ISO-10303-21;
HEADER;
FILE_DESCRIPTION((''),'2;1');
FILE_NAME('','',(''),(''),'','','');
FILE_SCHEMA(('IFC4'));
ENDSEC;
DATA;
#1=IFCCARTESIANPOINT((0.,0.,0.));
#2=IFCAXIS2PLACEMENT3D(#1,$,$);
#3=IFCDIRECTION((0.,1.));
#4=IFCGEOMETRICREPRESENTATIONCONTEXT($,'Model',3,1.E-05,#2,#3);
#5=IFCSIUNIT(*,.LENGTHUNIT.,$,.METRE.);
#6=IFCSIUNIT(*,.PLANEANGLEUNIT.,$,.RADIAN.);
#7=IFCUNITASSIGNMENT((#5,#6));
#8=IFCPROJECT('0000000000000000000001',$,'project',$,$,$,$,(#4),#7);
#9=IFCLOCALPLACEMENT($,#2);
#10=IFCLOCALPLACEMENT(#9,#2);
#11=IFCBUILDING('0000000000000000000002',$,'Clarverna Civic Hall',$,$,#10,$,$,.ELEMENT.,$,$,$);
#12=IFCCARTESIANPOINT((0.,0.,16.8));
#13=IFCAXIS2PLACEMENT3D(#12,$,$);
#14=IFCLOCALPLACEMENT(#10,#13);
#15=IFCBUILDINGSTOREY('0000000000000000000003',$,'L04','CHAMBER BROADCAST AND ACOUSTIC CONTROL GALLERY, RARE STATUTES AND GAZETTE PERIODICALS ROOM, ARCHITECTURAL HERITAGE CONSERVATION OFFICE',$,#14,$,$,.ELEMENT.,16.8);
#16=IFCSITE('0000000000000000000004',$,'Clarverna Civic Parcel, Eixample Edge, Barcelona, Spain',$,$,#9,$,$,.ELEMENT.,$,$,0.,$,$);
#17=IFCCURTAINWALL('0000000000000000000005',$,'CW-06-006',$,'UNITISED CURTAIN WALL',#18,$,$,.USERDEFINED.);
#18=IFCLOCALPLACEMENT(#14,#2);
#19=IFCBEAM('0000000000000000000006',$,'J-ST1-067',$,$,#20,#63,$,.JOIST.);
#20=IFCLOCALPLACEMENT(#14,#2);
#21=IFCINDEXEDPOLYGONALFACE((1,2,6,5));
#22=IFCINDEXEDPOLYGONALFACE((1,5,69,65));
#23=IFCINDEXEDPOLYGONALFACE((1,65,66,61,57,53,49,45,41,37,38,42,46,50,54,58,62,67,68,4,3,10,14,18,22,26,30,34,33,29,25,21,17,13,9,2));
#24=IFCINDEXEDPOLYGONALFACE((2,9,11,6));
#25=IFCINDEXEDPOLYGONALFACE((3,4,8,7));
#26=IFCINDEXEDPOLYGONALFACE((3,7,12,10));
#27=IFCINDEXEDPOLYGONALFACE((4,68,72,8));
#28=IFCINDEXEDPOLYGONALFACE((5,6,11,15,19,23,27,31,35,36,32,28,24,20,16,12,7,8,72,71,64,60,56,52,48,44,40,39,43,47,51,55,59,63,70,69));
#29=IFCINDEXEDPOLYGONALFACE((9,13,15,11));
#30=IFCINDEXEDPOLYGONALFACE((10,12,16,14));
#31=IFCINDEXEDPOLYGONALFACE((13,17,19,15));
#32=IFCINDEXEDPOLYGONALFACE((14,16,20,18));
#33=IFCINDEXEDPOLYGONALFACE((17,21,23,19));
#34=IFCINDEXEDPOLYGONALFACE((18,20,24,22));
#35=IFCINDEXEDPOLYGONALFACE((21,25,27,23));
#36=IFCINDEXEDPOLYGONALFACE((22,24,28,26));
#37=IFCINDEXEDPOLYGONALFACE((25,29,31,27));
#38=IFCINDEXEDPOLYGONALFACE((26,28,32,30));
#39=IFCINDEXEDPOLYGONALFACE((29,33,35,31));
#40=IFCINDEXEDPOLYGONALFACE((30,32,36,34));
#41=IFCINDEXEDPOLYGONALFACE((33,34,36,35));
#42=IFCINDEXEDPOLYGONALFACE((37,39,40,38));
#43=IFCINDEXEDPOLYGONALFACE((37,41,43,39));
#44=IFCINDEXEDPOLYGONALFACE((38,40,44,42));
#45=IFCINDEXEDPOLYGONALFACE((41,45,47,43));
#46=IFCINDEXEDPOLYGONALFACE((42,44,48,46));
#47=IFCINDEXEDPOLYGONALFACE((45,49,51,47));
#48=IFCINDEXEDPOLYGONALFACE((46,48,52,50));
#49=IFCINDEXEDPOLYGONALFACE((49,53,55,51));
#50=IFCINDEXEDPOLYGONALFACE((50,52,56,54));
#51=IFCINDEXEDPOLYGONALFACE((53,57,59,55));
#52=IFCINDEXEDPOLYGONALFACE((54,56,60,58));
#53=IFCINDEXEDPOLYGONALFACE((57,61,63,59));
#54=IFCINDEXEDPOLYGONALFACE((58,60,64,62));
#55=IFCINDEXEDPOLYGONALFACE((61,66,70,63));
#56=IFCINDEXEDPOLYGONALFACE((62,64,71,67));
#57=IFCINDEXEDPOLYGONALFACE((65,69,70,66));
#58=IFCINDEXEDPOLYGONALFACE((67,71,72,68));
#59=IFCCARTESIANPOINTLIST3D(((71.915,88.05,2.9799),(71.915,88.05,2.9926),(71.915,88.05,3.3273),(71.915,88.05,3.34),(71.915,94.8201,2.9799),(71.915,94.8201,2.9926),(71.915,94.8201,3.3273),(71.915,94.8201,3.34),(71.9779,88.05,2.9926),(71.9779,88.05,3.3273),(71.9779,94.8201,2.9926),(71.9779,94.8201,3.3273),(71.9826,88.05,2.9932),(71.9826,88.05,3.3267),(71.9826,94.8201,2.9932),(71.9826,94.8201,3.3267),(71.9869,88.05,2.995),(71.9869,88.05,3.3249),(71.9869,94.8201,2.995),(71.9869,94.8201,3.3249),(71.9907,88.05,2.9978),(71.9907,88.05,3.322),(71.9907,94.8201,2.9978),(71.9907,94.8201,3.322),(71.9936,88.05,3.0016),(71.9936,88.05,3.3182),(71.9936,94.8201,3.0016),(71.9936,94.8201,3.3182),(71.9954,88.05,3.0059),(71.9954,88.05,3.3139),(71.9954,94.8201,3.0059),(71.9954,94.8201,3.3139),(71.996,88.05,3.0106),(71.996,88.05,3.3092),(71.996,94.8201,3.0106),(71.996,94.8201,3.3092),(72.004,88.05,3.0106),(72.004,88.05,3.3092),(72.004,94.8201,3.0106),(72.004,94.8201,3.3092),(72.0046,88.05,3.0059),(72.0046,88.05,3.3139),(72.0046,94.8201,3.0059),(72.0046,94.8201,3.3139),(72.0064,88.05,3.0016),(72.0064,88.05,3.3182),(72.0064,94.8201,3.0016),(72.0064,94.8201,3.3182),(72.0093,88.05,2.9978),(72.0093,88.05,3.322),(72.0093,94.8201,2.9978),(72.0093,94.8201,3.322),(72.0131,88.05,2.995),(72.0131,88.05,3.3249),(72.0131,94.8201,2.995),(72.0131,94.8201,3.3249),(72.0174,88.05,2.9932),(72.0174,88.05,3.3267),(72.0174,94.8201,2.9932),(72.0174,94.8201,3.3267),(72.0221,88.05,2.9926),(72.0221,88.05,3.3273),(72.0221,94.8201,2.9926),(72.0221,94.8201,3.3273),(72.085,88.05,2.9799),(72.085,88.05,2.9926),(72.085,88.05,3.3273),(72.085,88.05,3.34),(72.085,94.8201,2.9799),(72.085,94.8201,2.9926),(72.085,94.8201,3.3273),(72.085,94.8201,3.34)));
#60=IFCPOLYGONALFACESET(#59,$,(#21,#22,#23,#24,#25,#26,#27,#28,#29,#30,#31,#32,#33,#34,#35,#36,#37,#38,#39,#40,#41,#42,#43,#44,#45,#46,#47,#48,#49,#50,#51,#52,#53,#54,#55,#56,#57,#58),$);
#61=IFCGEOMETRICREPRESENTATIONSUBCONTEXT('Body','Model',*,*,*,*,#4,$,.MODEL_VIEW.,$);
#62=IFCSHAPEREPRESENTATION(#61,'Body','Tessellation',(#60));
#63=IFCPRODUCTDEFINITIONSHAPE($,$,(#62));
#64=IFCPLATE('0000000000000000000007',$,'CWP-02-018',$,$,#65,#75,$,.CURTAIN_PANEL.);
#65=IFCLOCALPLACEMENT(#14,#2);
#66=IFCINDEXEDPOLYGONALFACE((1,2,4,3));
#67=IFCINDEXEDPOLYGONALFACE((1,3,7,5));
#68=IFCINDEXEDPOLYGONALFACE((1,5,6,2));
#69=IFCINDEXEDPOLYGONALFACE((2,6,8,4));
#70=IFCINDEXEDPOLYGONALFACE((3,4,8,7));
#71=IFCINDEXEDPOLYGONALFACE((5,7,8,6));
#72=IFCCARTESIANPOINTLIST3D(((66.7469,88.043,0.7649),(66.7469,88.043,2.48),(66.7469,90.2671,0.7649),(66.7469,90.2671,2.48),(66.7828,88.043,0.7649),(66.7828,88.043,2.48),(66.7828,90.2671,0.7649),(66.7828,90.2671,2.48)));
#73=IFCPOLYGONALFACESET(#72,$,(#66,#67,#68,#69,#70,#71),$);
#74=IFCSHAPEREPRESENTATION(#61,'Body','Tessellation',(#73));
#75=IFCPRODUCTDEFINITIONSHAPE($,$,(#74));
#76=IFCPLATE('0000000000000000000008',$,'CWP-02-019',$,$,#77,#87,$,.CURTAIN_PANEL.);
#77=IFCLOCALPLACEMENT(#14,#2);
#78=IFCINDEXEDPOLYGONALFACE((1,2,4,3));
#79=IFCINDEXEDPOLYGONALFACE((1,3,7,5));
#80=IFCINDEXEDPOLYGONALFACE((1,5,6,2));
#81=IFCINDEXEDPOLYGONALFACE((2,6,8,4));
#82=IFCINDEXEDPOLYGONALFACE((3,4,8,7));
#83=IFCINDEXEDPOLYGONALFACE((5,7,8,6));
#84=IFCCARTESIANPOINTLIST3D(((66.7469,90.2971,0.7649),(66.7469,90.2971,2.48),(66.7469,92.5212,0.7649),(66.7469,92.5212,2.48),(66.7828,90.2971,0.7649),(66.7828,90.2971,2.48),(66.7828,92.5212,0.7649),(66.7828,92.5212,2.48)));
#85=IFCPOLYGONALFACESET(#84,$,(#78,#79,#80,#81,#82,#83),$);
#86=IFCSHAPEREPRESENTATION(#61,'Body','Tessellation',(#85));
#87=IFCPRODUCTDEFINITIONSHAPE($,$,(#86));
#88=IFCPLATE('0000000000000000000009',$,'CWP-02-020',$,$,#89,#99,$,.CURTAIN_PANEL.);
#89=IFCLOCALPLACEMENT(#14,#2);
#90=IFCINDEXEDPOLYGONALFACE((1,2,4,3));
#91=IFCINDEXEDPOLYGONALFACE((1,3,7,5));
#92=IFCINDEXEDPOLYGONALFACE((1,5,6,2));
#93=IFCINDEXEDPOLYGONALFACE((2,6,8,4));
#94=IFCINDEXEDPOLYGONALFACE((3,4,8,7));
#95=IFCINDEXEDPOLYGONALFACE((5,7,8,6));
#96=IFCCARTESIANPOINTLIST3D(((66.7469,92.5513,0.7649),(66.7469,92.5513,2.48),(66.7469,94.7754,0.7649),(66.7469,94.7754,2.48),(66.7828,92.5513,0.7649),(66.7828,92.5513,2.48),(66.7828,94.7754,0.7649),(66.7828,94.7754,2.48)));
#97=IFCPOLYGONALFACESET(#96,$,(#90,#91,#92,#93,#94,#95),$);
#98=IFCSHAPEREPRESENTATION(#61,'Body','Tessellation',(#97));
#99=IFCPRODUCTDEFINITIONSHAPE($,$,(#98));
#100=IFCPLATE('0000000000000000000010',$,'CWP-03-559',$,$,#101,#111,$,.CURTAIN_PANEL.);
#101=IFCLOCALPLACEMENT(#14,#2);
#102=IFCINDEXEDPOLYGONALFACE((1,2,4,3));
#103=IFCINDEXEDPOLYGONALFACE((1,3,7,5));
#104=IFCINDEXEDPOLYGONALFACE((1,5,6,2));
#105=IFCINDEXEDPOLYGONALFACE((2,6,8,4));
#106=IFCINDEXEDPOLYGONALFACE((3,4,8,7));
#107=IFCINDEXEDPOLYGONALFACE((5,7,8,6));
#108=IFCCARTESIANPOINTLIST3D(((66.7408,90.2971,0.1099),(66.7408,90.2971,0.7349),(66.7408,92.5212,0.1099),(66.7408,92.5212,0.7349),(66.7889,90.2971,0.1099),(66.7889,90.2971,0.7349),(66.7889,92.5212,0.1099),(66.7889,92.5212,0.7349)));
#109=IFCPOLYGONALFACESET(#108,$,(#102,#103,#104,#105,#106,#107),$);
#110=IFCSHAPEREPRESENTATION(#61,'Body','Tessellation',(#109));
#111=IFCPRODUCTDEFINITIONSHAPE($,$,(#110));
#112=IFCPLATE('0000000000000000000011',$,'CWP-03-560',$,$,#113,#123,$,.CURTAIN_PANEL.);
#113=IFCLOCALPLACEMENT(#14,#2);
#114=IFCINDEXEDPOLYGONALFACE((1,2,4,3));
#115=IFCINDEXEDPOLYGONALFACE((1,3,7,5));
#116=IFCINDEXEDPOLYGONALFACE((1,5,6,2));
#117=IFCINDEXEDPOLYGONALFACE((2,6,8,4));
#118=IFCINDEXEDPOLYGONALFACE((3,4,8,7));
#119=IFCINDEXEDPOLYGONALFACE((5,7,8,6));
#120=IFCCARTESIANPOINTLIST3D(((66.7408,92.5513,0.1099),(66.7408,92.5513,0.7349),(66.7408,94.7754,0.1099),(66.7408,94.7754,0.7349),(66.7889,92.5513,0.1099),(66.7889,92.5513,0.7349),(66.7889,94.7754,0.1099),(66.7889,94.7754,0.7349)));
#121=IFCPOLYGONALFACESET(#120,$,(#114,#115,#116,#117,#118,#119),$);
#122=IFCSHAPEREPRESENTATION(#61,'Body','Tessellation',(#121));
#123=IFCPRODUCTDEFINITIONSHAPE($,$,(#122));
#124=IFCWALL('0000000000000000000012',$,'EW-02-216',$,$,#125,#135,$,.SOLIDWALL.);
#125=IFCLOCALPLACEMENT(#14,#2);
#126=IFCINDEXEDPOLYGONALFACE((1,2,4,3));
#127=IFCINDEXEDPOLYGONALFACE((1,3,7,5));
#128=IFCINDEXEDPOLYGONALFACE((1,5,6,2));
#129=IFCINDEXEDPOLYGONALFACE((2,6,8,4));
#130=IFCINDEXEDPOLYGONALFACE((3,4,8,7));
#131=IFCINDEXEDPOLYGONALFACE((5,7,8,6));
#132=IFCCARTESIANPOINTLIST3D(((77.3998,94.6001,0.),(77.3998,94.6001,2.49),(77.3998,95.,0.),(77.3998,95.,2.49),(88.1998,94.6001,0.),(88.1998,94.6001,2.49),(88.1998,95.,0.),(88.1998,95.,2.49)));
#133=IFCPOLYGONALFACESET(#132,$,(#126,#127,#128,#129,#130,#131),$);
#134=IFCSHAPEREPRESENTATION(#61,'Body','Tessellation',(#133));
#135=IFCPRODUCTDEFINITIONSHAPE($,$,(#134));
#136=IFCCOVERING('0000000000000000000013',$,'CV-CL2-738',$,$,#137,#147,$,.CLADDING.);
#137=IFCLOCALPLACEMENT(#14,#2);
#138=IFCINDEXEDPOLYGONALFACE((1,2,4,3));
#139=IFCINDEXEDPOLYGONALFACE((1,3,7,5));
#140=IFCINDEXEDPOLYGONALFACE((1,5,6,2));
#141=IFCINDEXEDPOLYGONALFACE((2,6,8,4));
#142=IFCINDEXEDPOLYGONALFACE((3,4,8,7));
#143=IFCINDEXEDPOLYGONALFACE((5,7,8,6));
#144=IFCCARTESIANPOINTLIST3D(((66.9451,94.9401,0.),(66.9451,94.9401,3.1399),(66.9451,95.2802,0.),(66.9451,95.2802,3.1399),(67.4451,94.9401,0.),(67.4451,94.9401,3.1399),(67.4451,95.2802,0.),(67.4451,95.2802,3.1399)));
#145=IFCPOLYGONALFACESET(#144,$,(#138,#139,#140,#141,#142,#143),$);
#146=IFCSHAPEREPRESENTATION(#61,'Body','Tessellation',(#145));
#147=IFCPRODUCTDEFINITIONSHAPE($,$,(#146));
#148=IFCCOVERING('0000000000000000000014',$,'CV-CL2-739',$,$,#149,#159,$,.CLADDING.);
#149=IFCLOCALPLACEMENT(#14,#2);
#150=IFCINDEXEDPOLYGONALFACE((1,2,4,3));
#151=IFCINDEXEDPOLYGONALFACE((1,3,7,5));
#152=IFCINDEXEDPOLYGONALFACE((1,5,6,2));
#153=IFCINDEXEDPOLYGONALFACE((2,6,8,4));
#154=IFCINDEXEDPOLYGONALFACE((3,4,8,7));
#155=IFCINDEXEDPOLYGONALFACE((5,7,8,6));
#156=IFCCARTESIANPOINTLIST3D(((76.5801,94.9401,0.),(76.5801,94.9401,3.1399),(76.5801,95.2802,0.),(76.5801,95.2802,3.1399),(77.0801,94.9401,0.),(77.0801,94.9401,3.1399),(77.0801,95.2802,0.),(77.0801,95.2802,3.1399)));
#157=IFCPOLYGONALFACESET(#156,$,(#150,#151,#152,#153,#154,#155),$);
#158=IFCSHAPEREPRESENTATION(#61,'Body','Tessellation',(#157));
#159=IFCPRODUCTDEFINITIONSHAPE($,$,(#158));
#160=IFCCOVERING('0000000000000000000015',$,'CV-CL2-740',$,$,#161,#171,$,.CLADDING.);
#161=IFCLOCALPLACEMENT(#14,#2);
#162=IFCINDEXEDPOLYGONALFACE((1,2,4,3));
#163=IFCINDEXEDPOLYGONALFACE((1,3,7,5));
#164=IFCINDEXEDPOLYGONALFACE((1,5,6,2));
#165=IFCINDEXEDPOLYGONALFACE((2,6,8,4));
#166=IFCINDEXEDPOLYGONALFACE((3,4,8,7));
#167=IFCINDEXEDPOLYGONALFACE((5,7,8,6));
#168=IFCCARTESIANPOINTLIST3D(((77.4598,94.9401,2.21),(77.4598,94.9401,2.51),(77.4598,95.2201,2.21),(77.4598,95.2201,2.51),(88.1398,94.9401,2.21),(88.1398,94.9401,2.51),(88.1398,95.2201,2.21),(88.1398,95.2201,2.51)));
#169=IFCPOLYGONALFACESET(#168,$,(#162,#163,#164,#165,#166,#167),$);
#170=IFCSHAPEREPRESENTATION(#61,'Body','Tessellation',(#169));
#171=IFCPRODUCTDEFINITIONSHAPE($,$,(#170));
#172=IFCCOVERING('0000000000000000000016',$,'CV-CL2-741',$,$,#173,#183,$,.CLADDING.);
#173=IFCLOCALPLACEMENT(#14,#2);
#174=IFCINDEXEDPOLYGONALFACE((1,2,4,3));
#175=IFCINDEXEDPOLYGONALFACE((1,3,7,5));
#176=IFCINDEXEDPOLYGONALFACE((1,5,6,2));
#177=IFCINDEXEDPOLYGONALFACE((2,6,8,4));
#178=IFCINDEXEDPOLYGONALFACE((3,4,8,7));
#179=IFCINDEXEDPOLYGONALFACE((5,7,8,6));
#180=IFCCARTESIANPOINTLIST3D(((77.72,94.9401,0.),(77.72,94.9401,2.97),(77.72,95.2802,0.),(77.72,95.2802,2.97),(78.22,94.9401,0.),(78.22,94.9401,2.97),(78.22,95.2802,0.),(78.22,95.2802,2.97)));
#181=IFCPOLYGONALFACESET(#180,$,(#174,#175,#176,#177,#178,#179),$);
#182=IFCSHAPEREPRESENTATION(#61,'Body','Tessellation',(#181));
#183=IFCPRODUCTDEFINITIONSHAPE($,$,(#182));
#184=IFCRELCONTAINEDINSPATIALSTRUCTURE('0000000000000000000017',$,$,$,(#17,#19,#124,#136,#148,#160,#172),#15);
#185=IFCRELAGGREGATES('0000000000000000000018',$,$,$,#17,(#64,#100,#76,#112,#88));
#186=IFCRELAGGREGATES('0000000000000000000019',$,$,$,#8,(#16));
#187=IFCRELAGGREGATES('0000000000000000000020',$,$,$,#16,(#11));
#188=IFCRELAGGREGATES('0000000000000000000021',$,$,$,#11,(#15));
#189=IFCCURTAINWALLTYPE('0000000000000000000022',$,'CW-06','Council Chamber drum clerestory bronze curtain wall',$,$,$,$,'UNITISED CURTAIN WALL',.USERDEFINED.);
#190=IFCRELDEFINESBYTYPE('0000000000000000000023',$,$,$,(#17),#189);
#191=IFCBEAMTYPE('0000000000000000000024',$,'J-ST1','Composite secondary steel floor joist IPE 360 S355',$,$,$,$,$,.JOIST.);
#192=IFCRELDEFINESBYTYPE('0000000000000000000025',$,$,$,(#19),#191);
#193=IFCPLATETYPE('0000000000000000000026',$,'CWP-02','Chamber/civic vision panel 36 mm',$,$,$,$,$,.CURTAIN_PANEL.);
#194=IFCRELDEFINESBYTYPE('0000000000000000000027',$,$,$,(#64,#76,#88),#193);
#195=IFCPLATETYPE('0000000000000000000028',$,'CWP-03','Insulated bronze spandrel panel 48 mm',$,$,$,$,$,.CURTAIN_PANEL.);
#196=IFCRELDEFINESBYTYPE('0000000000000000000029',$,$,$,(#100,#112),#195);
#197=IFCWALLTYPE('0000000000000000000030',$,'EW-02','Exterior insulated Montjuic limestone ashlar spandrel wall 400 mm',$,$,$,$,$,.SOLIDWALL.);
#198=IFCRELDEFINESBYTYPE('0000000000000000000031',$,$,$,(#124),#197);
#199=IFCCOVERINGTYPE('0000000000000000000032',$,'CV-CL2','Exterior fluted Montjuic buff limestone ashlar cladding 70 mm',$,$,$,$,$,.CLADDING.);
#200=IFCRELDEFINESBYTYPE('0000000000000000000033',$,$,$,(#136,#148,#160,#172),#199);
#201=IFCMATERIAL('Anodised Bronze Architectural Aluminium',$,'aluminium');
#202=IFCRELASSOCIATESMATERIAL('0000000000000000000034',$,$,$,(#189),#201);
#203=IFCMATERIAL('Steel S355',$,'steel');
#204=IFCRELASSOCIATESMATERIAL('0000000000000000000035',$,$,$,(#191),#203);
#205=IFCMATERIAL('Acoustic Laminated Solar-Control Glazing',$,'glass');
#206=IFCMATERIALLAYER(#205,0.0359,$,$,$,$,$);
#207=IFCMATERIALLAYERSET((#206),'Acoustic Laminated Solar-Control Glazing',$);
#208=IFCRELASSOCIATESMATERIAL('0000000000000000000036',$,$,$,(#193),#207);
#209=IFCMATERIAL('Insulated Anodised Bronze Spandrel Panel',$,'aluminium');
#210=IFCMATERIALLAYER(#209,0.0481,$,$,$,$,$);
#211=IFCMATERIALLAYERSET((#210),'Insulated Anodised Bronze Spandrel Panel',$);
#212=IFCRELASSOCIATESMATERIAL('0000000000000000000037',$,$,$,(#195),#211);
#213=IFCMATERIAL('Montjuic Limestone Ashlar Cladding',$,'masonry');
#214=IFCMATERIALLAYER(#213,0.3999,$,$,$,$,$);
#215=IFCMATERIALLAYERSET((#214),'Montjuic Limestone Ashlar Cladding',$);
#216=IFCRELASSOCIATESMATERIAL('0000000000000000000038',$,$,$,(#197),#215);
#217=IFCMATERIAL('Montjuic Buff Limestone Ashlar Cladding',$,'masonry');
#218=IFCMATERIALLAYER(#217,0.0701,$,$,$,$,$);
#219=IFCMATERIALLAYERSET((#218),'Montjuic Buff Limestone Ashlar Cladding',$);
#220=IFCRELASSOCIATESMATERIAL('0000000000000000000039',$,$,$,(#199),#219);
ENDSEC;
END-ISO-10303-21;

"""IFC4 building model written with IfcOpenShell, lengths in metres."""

from ifc_helpers import new_model, si_unit, direction, frame, frame_2d, origin, origin_2d, place, context, subcontext, project, spatial, rectangle, i_section, extrude, material, layer, layer_set, material_profile, profile_set, type_object, element, aggregate, save


model = new_model("IFC4")

# Units and contexts
model_context = context("Model", 3, precision=1e-05, world=origin(), true_north=direction((0.0, 1.0)))
body_context = subcontext(model_context, "Body", "Model", "MODEL_VIEW")
ifc_project = project(units=[si_unit("LENGTHUNIT", "METRE"), si_unit("PLANEANGLEUNIT", "RADIAN")], contexts=[model_context])

# Site, building, storey
site_placement = place(None, origin())
site = spatial("IfcSite", under=ifc_project, at=site_placement, Name="Clarverna Civic Parcel, Eixample Edge, Barcelona, Spain", CompositionType="ELEMENT", RefElevation=0.0)
building_placement = place(site_placement, origin())
building = spatial("IfcBuilding", under=site, at=building_placement, Name="Clarverna Civic Hall", CompositionType="ELEMENT")
storey_placement = place(building_placement, frame((0.0, 0.0, 16.8)))
storey = spatial("IfcBuildingStorey", under=building, at=storey_placement, Name="L04", Description="CHAMBER BROADCAST AND ACOUSTIC CONTROL GALLERY, RARE STATUTES AND GAZETTE PERIODICALS ROOM, ARCHITECTURAL HERITAGE CONSERVATION OFFICE", CompositionType="ELEMENT", Elevation=16.8)

# Curtain wall
ifc_material_1 = material(Name="Anodised Bronze Architectural Aluminium", Category="aluminium")
curtain_wall_type = type_object("IfcCurtainWallType", Name="CW-06", Description="Council Chamber drum clerestory bronze curtain wall", ElementType="UNITISED CURTAIN WALL", PredefinedType="USERDEFINED", material=ifc_material_1)
curtain_wall_placement = place(storey_placement, origin())
curtain_wall = element("IfcCurtainWall", 1, at=curtain_wall_placement, inside=storey, type_object=curtain_wall_type, Name="CW-06-006", ObjectType="UNITISED CURTAIN WALL", PredefinedType="USERDEFINED")

# Beam
ifc_material_2 = material(Name="Steel S355", Category="steel")
ifc_material_profile_1 = material_profile(ifc_material_2, i_section(OverallWidth=0.1699, OverallDepth=0.3601, WebThickness=0.0081, FlangeThickness=0.0127, FilletRadius=0.0181, at=origin_2d()), Name="IPE 360")
ifc_profile_set_1 = profile_set([ifc_material_profile_1], Name="Steel S355")
beam_type_1 = type_object("IfcBeamType", Name="J-ST1", Description="Composite secondary steel floor joist IPE 360 S355", PredefinedType="JOIST", material=ifc_profile_set_1)
beam_1_placement = place(storey_placement, frame((72.0, 88.05, 3.1599), z_axis=(0.0, 1.0, 0.0), x_axis=(-1.0, 0.0, 0.0)))
element("IfcBeam", 2, at=beam_1_placement, inside=storey, type_object=beam_type_1, Name="J-ST1-067", PredefinedType="JOIST", context=body_context, shape_type="SweptSolid", body=[
    extrude(i_section(OverallWidth=0.1699, OverallDepth=0.3601, WebThickness=0.0081, FlangeThickness=0.0127, FilletRadius=0.0181, at=origin_2d()), origin(), (0.0, 0.0, 1.0), 6.77),
])

# Plates
ifc_material_3 = material(Name="Acoustic Laminated Solar-Control Glazing", Category="glass")
ifc_layer_1 = layer(ifc_material_3, 0.0359)
ifc_layer_set_1 = layer_set([ifc_layer_1], Name="Acoustic Laminated Solar-Control Glazing")
plate_type_1 = type_object("IfcPlateType", Name="CWP-02", Description="Chamber/civic vision panel 36 mm", PredefinedType="CURTAIN_PANEL", material=ifc_layer_set_1)
plate_1_placement = place(storey_placement, frame((66.7649, 88.043, 0.7649), z_axis=(0.0, 0.0, 1.0), x_axis=(0.0, 1.0, 0.0)))
plate_1 = element("IfcPlate", 3, at=plate_1_placement, type_object=plate_type_1, Name="CWP-02-018", PredefinedType="CURTAIN_PANEL", context=body_context, shape_type="SweptSolid", body=[
    extrude(rectangle(XDim=2.2241, YDim=0.0359, at=frame_2d((1.1121, 0.0))), origin(), (0.0, 0.0, 1.0), 1.7151),
])
plate_2_placement = place(storey_placement, frame((66.7649, 90.2971, 0.7649), z_axis=(0.0, 0.0, 1.0), x_axis=(0.0, 1.0, 0.0)))
plate_2 = element("IfcPlate", 4, at=plate_2_placement, type_object=plate_type_1, Name="CWP-02-019", PredefinedType="CURTAIN_PANEL", context=body_context, shape_type="SweptSolid", body=[
    extrude(rectangle(XDim=2.2241, YDim=0.0359, at=frame_2d((1.1121, 0.0))), origin(), (0.0, 0.0, 1.0), 1.7151),
])
plate_3_placement = place(storey_placement, frame((66.7649, 92.5513, 0.7649), z_axis=(0.0, 0.0, 1.0), x_axis=(0.0, 1.0, 0.0)))
plate_3 = element("IfcPlate", 5, at=plate_3_placement, type_object=plate_type_1, Name="CWP-02-020", PredefinedType="CURTAIN_PANEL", context=body_context, shape_type="SweptSolid", body=[
    extrude(rectangle(XDim=2.2241, YDim=0.0359, at=frame_2d((1.1121, 0.0))), origin(), (0.0, 0.0, 1.0), 1.7151),
])
ifc_material_4 = material(Name="Insulated Anodised Bronze Spandrel Panel", Category="aluminium")
ifc_layer_2 = layer(ifc_material_4, 0.0481)
ifc_layer_set_2 = layer_set([ifc_layer_2], Name="Insulated Anodised Bronze Spandrel Panel")
plate_type_2 = type_object("IfcPlateType", Name="CWP-03", Description="Insulated bronze spandrel panel 48 mm", PredefinedType="CURTAIN_PANEL", material=ifc_layer_set_2)
plate_4_placement = place(storey_placement, frame((66.7649, 90.2971, 0.1099), z_axis=(0.0, 0.0, 1.0), x_axis=(0.0, 1.0, 0.0)))
plate_4 = element("IfcPlate", 6, at=plate_4_placement, type_object=plate_type_2, Name="CWP-03-559", PredefinedType="CURTAIN_PANEL", context=body_context, shape_type="SweptSolid", body=[
    extrude(rectangle(XDim=2.2241, YDim=0.0481, at=frame_2d((1.1121, 0.0))), origin(), (0.0, 0.0, 1.0), 0.625),
])
plate_5_placement = place(storey_placement, frame((66.7649, 92.5513, 0.1099), z_axis=(0.0, 0.0, 1.0), x_axis=(0.0, 1.0, 0.0)))
plate_5 = element("IfcPlate", 7, at=plate_5_placement, type_object=plate_type_2, Name="CWP-03-560", PredefinedType="CURTAIN_PANEL", context=body_context, shape_type="SweptSolid", body=[
    extrude(rectangle(XDim=2.2241, YDim=0.0481, at=frame_2d((1.1121, 0.0))), origin(), (0.0, 0.0, 1.0), 0.625),
])
aggregate(curtain_wall, [plate_1, plate_4, plate_2, plate_5, plate_3])

# Wall
ifc_material_5 = material(Name="Montjuic Limestone Ashlar Cladding", Category="masonry")
ifc_layer_3 = layer(ifc_material_5, 0.3999)
ifc_layer_set_3 = layer_set([ifc_layer_3], Name="Montjuic Limestone Ashlar Cladding")
wall_type = type_object("IfcWallType", Name="EW-02", Description="Exterior insulated Montjuic limestone ashlar spandrel wall 400 mm", PredefinedType="SOLIDWALL", material=ifc_layer_set_3)
wall_placement = place(storey_placement, frame((77.3999, 94.8, 0.0), z_axis=(0.0, 0.0, 1.0), x_axis=(1.0, 0.0, 0.0)))
element("IfcWall", 8, at=wall_placement, inside=storey, type_object=wall_type, Name="EW-02-216", PredefinedType="SOLIDWALL", context=body_context, shape_type="SweptSolid", body=[
    extrude(rectangle(XDim=10.8, YDim=0.3999, at=frame_2d((5.3999, 0.0))), origin(), (0.0, 0.0, 1.0), 2.49),
])

# Coverings
ifc_material_6 = material(Name="Montjuic Buff Limestone Ashlar Cladding", Category="masonry")
ifc_layer_4 = layer(ifc_material_6, 0.0701)
ifc_layer_set_4 = layer_set([ifc_layer_4], Name="Montjuic Buff Limestone Ashlar Cladding")
covering_type = type_object("IfcCoveringType", Name="CV-CL2", Description="Exterior fluted Montjuic buff limestone ashlar cladding 70 mm", PredefinedType="CLADDING", material=ifc_layer_set_4)
for number, where, z_axis, x_axis, name in (
    (9, (66.9451, 95.1101, 0.0), (0.0, 0.0, 1.0), (1.0, 0.0, 0.0), "CV-CL2-738"),
    (10, (76.5801, 95.1101, 0.0), (0.0, 0.0, 1.0), (1.0, 0.0, 0.0), "CV-CL2-739"),
):
    element("IfcCovering", number, at=place(storey_placement, frame(where, z_axis=z_axis, x_axis=x_axis)), inside=storey, type_object=covering_type, Name=name, PredefinedType="CLADDING", context=body_context, shape_type="SweptSolid", body=[
        extrude(rectangle(XDim=0.5, YDim=0.3401, at=frame_2d((0.25, 0.0))), origin(), (0.0, 0.0, 1.0), 3.1399),
    ])
covering_1_placement = place(storey_placement, frame((77.46, 95.0801, 2.21), z_axis=(0.0, 0.0, 1.0), x_axis=(1.0, 0.0, 0.0)))
element("IfcCovering", 11, at=covering_1_placement, inside=storey, type_object=covering_type, Name="CV-CL2-740", PredefinedType="CLADDING", context=body_context, shape_type="SweptSolid", body=[
    extrude(rectangle(XDim=10.6799, YDim=0.28, at=frame_2d((5.3398, 0.0))), origin(), (0.0, 0.0, 1.0), 0.3),
])
covering_2_placement = place(storey_placement, frame((77.72, 95.1101, 0.0), z_axis=(0.0, 0.0, 1.0), x_axis=(1.0, 0.0, 0.0)))
element("IfcCovering", 12, at=covering_2_placement, inside=storey, type_object=covering_type, Name="CV-CL2-741", PredefinedType="CLADDING", context=body_context, shape_type="SweptSolid", body=[
    extrude(rectangle(XDim=0.5, YDim=0.3401, at=frame_2d((0.25, 0.0))), origin(), (0.0, 0.0, 1.0), 2.97),
])

save(model, "model.ifc")
